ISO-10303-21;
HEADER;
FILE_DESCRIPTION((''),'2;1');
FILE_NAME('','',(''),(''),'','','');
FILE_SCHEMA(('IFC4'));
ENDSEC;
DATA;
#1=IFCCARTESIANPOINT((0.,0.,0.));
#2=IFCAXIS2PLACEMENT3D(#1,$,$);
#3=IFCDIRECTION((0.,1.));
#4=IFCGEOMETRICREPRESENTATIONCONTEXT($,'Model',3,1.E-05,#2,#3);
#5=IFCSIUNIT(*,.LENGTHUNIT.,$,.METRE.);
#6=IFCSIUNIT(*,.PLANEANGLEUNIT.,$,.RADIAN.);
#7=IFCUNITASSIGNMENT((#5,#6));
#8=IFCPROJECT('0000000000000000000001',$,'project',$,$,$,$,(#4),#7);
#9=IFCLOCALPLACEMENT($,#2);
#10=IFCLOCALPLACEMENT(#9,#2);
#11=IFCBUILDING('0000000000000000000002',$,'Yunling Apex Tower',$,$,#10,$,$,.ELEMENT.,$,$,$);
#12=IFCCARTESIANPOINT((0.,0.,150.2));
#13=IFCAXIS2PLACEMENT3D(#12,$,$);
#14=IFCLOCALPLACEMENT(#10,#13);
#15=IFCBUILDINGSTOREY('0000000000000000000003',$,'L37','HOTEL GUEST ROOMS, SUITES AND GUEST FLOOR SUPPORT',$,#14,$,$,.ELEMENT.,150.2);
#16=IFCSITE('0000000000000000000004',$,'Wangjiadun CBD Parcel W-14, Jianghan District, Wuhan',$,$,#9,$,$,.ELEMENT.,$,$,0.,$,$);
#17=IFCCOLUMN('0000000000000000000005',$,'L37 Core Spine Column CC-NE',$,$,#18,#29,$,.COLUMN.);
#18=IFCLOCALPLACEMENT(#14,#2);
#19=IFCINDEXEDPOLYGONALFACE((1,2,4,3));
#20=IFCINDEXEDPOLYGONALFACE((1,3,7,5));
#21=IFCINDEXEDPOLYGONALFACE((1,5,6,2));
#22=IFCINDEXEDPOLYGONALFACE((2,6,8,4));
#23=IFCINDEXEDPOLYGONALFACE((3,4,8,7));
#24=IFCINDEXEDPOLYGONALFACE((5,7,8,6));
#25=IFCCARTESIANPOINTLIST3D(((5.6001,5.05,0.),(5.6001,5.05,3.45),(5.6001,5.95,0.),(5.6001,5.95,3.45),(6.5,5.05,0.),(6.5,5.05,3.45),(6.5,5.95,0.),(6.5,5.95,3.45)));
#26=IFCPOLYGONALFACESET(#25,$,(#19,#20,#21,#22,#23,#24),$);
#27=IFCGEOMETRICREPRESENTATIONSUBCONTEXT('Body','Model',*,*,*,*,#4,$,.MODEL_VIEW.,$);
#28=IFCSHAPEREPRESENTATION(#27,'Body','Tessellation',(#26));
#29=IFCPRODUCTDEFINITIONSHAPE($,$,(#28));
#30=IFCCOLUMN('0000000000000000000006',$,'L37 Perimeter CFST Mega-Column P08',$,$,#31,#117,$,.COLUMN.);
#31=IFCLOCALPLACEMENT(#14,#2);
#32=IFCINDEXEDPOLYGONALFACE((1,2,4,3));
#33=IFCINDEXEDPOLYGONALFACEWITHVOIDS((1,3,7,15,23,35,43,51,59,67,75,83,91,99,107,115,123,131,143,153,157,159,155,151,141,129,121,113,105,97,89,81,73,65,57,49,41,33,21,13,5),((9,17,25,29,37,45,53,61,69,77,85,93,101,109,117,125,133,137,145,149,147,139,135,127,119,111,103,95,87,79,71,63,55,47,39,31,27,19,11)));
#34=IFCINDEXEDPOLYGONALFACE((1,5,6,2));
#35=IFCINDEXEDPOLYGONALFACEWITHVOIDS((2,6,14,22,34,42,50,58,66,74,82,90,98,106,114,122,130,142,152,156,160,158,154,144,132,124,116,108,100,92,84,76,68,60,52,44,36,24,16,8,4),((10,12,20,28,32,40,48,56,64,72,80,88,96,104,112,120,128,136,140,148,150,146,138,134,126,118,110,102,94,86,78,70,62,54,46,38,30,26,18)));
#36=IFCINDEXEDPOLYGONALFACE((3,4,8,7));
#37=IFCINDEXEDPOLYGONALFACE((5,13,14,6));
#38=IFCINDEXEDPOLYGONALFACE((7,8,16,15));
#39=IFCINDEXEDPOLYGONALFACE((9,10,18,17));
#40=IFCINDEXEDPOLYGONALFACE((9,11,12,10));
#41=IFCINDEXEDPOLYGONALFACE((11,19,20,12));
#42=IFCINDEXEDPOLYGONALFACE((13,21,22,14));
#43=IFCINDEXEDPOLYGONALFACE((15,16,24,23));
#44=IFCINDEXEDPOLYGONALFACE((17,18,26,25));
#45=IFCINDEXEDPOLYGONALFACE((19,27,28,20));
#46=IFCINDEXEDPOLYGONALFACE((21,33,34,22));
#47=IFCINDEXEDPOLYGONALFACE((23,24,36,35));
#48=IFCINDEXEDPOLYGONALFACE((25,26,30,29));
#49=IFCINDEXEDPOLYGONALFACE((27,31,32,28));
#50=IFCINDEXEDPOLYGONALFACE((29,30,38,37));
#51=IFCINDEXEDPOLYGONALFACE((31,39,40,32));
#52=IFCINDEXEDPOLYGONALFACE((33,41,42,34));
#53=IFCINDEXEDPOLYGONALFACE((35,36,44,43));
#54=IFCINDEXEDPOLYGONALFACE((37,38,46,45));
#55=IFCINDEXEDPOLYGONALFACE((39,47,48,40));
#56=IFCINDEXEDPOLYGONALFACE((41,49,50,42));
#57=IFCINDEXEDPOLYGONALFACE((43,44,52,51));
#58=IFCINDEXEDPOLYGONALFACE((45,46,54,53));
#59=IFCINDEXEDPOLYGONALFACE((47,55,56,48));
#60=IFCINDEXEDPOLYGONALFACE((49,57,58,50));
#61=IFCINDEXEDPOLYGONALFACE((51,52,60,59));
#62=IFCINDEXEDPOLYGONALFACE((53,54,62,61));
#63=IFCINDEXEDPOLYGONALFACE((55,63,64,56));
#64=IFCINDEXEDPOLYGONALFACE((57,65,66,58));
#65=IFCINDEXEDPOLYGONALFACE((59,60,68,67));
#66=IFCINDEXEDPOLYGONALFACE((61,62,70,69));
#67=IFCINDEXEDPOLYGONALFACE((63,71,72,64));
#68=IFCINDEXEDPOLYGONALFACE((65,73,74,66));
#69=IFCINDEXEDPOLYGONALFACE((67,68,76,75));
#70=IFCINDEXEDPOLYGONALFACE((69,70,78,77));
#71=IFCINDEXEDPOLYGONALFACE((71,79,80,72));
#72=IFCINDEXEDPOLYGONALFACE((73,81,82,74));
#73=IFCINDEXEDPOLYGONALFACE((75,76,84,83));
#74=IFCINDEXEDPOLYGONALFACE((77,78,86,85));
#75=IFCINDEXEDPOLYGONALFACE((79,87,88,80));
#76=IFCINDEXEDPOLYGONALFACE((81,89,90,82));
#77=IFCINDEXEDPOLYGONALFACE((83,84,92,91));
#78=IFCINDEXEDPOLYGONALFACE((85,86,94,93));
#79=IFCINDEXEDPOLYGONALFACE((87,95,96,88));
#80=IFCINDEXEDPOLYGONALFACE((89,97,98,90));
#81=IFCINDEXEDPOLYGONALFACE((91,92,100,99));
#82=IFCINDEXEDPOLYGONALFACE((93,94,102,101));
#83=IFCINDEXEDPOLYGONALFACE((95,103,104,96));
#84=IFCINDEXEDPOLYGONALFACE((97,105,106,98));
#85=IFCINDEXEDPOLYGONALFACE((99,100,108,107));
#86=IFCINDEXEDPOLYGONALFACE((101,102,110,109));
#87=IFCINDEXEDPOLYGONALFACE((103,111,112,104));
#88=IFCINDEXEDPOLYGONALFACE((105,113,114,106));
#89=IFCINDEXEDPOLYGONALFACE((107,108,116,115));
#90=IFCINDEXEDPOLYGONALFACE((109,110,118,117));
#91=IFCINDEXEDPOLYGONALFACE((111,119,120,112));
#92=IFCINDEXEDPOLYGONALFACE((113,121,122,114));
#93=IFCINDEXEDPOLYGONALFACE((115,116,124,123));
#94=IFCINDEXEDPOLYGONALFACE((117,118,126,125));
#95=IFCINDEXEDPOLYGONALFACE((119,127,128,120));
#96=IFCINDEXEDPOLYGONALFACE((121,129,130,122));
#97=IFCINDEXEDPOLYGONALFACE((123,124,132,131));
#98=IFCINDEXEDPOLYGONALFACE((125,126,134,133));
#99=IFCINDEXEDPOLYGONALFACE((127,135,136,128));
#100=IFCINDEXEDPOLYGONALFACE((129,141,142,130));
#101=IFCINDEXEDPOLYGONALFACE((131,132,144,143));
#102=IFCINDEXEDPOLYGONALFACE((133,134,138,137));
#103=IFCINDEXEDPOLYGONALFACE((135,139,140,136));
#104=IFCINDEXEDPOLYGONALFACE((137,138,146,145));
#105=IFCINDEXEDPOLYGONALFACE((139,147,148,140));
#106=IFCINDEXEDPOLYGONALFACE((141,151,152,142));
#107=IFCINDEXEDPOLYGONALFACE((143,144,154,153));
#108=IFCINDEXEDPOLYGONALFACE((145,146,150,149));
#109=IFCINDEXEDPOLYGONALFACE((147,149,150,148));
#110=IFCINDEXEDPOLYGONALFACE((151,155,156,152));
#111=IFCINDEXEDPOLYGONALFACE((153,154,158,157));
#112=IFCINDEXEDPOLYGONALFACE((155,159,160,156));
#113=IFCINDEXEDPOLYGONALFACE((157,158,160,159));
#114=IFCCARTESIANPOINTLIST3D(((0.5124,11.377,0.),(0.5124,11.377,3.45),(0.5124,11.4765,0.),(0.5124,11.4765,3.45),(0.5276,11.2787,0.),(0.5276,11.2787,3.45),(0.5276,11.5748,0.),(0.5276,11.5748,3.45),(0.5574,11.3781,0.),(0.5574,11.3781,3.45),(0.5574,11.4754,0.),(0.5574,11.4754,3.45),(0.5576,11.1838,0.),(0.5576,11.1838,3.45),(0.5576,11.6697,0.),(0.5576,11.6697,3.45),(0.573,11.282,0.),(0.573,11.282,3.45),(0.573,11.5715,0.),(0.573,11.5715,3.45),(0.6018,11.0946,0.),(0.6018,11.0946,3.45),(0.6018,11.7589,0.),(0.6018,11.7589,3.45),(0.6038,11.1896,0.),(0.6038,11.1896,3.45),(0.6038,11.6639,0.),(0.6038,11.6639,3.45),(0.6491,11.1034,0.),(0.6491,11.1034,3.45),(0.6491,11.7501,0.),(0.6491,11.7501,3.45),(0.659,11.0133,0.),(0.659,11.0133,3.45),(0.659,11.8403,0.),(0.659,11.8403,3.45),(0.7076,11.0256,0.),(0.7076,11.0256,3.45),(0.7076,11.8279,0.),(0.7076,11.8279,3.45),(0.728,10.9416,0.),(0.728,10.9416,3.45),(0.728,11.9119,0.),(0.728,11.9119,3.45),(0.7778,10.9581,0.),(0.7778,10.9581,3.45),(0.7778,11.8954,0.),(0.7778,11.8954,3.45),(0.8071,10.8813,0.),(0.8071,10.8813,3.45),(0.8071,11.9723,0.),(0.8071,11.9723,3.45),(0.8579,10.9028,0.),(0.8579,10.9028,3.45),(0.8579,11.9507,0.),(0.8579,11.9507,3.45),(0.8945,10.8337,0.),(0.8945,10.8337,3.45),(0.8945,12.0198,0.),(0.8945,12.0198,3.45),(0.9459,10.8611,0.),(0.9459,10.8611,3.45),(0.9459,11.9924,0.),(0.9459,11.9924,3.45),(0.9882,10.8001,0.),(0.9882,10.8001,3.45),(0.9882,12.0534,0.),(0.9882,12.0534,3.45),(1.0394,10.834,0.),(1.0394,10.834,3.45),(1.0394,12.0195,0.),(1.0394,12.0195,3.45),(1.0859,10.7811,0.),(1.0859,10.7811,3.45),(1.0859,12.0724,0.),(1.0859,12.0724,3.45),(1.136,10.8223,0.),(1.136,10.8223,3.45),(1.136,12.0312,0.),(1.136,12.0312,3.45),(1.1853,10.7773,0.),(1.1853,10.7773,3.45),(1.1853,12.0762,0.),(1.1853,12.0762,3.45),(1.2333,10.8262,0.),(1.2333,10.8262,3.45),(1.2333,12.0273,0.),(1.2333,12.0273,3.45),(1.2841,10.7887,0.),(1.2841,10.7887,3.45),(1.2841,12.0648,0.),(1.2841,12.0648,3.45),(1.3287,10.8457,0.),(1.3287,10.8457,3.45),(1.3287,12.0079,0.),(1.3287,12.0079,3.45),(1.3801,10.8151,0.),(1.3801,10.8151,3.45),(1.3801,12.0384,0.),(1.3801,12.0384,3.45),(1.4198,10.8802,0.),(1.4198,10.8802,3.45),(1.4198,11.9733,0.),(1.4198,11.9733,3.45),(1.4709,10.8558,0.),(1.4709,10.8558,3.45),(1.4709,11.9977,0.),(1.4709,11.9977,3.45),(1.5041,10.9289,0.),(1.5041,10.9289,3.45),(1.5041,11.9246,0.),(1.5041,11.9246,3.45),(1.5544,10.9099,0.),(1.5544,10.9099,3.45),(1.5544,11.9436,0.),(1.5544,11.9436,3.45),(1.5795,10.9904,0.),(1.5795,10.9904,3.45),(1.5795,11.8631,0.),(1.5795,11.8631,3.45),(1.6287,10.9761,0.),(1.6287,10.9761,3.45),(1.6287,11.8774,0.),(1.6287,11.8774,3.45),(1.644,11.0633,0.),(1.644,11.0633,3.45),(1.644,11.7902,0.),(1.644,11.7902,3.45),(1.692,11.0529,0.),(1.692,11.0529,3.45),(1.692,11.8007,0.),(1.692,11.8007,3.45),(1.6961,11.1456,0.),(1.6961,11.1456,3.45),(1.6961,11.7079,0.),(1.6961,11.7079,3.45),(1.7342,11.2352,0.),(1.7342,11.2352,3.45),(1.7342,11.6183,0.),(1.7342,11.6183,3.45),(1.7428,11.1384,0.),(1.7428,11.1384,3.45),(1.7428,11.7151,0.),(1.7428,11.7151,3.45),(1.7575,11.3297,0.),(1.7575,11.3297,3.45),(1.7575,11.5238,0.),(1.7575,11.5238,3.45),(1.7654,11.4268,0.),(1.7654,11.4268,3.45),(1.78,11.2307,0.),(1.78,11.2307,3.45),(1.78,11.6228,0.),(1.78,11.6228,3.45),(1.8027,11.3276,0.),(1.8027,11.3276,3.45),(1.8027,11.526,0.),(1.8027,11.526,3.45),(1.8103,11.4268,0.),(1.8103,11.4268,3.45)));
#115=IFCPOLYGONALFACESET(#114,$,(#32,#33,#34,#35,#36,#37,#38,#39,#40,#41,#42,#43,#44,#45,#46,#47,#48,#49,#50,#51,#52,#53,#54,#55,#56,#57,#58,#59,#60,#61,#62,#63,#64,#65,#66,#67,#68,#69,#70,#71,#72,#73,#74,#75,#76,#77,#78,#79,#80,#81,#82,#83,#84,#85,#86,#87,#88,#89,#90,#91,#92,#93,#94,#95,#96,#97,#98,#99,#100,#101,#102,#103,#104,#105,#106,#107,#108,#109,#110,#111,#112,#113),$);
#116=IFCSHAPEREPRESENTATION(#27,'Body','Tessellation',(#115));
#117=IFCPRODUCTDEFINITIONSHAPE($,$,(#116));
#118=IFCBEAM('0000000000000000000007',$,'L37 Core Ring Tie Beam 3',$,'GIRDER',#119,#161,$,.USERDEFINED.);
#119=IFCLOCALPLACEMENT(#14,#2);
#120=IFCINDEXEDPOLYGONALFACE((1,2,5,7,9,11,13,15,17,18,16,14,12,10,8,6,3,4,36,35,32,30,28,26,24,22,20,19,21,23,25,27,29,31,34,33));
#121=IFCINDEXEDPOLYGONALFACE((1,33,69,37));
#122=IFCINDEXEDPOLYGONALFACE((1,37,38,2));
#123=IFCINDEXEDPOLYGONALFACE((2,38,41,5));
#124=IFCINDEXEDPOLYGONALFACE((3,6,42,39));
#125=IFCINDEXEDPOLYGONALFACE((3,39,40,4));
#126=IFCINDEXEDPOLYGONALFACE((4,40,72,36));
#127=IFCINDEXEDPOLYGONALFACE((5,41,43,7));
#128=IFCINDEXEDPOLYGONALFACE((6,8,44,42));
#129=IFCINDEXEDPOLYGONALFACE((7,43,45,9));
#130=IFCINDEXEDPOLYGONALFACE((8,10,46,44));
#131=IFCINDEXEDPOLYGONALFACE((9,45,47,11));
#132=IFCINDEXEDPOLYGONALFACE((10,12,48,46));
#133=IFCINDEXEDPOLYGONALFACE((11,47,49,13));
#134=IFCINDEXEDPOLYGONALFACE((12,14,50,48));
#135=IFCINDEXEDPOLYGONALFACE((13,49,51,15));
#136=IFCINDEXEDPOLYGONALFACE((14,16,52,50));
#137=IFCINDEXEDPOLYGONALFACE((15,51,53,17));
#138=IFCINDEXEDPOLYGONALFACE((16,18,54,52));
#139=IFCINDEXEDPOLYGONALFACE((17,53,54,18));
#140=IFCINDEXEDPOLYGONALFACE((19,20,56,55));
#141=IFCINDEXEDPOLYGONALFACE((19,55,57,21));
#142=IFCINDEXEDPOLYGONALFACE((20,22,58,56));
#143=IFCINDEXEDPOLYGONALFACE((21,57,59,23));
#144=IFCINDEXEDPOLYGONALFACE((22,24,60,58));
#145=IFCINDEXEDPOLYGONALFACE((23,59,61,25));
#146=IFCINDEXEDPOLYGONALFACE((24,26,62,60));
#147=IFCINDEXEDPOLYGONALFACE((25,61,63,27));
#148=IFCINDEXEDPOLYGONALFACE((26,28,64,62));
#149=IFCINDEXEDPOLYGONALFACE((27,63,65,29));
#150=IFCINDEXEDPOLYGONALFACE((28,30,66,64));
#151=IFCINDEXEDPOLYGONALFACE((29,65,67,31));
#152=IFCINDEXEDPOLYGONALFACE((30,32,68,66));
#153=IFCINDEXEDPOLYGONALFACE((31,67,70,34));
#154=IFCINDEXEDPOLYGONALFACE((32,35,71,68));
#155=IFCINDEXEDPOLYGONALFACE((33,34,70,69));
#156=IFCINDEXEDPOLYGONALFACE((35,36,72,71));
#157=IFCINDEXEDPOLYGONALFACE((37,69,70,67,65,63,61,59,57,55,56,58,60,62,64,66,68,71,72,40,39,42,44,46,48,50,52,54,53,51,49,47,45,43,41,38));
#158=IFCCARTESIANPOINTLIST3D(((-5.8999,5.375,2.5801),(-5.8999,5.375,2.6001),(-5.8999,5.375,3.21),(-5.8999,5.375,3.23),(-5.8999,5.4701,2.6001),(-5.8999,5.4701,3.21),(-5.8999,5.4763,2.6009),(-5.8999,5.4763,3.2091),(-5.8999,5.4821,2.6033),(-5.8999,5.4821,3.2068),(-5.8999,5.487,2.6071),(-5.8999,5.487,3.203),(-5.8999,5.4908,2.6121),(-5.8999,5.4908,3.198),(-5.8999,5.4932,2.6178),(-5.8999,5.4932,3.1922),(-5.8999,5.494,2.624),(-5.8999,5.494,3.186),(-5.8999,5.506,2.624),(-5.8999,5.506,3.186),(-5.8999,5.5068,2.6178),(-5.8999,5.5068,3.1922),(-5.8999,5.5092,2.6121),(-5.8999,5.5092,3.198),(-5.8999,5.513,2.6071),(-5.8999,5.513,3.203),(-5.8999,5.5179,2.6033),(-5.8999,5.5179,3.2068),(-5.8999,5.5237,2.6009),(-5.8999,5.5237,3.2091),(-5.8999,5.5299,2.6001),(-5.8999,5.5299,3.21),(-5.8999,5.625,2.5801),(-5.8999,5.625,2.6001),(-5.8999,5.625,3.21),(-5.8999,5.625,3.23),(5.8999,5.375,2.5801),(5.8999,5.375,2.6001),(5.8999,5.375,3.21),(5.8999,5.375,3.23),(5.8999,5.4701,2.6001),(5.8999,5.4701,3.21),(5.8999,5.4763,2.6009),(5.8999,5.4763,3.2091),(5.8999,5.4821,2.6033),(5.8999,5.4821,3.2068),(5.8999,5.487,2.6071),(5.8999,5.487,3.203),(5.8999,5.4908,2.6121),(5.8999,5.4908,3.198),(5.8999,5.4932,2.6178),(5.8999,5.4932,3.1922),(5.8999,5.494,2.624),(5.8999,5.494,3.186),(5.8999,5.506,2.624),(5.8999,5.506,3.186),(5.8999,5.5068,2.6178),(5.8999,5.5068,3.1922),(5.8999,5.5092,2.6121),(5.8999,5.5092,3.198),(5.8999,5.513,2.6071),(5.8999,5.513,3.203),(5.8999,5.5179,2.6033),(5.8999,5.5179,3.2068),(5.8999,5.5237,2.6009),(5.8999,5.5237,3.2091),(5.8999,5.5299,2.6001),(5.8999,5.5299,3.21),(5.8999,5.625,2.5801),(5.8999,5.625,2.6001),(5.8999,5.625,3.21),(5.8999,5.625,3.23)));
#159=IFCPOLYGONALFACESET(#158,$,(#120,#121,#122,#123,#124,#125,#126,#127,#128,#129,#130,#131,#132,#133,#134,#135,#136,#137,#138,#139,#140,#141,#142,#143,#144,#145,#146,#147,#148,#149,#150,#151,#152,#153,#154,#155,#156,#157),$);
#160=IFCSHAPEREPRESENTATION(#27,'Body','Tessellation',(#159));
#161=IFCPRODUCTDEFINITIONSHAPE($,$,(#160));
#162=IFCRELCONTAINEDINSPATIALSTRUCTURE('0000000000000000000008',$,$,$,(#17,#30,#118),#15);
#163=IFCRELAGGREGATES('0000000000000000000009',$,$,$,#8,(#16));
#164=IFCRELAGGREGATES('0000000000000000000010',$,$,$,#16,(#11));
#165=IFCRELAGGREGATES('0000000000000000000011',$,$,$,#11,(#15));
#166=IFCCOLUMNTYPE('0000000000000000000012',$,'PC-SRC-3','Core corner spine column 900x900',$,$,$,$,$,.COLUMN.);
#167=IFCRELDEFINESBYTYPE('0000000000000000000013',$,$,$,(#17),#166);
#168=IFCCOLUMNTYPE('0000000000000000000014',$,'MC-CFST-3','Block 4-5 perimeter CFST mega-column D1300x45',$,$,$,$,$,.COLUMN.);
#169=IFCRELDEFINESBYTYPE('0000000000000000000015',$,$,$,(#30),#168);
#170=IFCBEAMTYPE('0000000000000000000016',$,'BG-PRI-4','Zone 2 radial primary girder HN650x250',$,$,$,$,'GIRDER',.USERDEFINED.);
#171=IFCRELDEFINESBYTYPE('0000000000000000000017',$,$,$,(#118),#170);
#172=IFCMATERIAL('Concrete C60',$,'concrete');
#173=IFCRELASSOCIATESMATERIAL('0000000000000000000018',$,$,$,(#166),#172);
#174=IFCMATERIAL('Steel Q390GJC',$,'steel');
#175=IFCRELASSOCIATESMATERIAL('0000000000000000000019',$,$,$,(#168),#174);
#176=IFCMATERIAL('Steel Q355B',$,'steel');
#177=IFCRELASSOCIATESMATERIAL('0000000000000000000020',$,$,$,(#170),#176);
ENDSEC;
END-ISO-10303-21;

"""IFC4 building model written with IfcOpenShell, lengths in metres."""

from ifc_helpers import new_model, si_unit, direction, frame, origin, origin_2d, place, context, subcontext, project, spatial, rectangle, hollow_circle, i_section, extrude, source, transform, mapped, material, material_profile, profile_set, type_object, element, save


model = new_model("IFC4")

# Units and contexts
model_context = context("Model", 3, precision=1e-05, world=origin(), true_north=direction((0.0, 1.0)))
body_context = subcontext(model_context, "Body", "Model", "MODEL_VIEW")
ifc_project = project(units=[si_unit("LENGTHUNIT", "METRE"), si_unit("PLANEANGLEUNIT", "RADIAN")], contexts=[model_context])

# Site, building, storey
site_placement = place(None, origin())
site = spatial("IfcSite", under=ifc_project, at=site_placement, Name="Wangjiadun CBD Parcel W-14, Jianghan District, Wuhan", CompositionType="ELEMENT", RefElevation=0.0)
building_placement = place(site_placement, origin())
building = spatial("IfcBuilding", under=site, at=building_placement, Name="Yunling Apex Tower", CompositionType="ELEMENT")
storey_placement = place(building_placement, frame((0.0, 0.0, 150.2)))
storey = spatial("IfcBuildingStorey", under=building, at=storey_placement, Name="L37", Description="HOTEL GUEST ROOMS, SUITES AND GUEST FLOOR SUPPORT", CompositionType="ELEMENT", Elevation=150.2)

# Columns
ifc_material_1 = material(Name="Concrete C60", Category="concrete")
ifc_material_profile_1 = material_profile(ifc_material_1, rectangle(XDim=0.8999, YDim=0.8999, at=origin_2d()))
ifc_profile_set_1 = profile_set([ifc_material_profile_1], Name="Concrete C60")
column_type_1 = type_object("IfcColumnType", Name="PC-SRC-3", Description="Core corner spine column 900x900", PredefinedType="COLUMN", material=ifc_profile_set_1)
shared_shape_1 = source(origin(), body_context, "Body", "SweptSolid", [
    extrude(rectangle(XDim=0.8999, YDim=0.8999, at=origin_2d()), origin(), (0.0, 0.0, 1.0), 3.45),
])
column_1_placement = place(storey_placement, frame((6.05, 5.5, 0.0), z_axis=(0.0, 0.0, 1.0), x_axis=(1.0, 0.0, 0.0)))
element("IfcColumn", 1, at=column_1_placement, inside=storey, type_object=column_type_1, Name="L37 Core Spine Column CC-NE", PredefinedType="COLUMN", context=body_context, shape_type="MappedRepresentation", body=[
    mapped(shared_shape_1, transform((0.0, 0.0, 0.0), scale=1.0)),
])
ifc_material_2 = material(Name="Steel Q390GJC", Category="steel")
ifc_material_profile_2 = material_profile(ifc_material_2, hollow_circle(Radius=0.6499, WallThickness=0.0449, at=origin_2d()))
ifc_profile_set_2 = profile_set([ifc_material_profile_2], Name="Steel Q390GJC")
column_type_2 = type_object("IfcColumnType", Name="MC-CFST-3", Description="Block 4-5 perimeter CFST mega-column D1300x45", PredefinedType="COLUMN", material=ifc_profile_set_2)
shared_shape_2 = source(origin(), body_context, "Body", "SweptSolid", [
    extrude(hollow_circle(Radius=0.6499, WallThickness=0.0449, at=origin_2d()), origin(), (0.0, 0.0, 1.0), 3.45),
])
column_2_placement = place(storey_placement, frame((1.1604, 11.4268, 0.0), z_axis=(0.0, 0.0, 1.0), x_axis=(1.0, 0.0, 0.0)))
element("IfcColumn", 2, at=column_2_placement, inside=storey, type_object=column_type_2, Name="L37 Perimeter CFST Mega-Column P08", PredefinedType="COLUMN", context=body_context, shape_type="MappedRepresentation", body=[
    mapped(shared_shape_2, transform((0.0, 0.0, 0.0), scale=1.0)),
])

# Beam
ifc_material_3 = material(Name="Steel Q355B", Category="steel")
ifc_material_profile_3 = material_profile(ifc_material_3, i_section(OverallWidth=0.25, OverallDepth=0.6499, WebThickness=0.012, FlangeThickness=0.02, FilletRadius=0.0239, at=origin_2d()))
ifc_profile_set_3 = profile_set([ifc_material_profile_3], Name="Steel Q355B")
beam_type_1 = type_object("IfcBeamType", Name="BG-PRI-4", Description="Zone 2 radial primary girder HN650x250", ElementType="GIRDER", PredefinedType="USERDEFINED", material=ifc_profile_set_3)
shared_shape_3 = source(origin(), body_context, "Body", "SweptSolid", [
    extrude(i_section(OverallWidth=0.25, OverallDepth=0.6499, WebThickness=0.012, FlangeThickness=0.02, FilletRadius=0.0239, at=origin_2d()), origin(), (0.0, 0.0, 1.0), 11.7998),
])
beam_1_placement = place(storey_placement, frame((5.8999, 5.5, 2.905), z_axis=(-1.0, 0.0, 0.0), x_axis=(0.0, -1.0, 0.0)))
element("IfcBeam", 3, at=beam_1_placement, inside=storey, type_object=beam_type_1, Name="L37 Core Ring Tie Beam 3", ObjectType="GIRDER", PredefinedType="USERDEFINED", context=body_context, shape_type="MappedRepresentation", body=[
    mapped(shared_shape_3, transform((0.0, 0.0, 0.0), scale=1.0)),
])

save(model, "model.ifc")
